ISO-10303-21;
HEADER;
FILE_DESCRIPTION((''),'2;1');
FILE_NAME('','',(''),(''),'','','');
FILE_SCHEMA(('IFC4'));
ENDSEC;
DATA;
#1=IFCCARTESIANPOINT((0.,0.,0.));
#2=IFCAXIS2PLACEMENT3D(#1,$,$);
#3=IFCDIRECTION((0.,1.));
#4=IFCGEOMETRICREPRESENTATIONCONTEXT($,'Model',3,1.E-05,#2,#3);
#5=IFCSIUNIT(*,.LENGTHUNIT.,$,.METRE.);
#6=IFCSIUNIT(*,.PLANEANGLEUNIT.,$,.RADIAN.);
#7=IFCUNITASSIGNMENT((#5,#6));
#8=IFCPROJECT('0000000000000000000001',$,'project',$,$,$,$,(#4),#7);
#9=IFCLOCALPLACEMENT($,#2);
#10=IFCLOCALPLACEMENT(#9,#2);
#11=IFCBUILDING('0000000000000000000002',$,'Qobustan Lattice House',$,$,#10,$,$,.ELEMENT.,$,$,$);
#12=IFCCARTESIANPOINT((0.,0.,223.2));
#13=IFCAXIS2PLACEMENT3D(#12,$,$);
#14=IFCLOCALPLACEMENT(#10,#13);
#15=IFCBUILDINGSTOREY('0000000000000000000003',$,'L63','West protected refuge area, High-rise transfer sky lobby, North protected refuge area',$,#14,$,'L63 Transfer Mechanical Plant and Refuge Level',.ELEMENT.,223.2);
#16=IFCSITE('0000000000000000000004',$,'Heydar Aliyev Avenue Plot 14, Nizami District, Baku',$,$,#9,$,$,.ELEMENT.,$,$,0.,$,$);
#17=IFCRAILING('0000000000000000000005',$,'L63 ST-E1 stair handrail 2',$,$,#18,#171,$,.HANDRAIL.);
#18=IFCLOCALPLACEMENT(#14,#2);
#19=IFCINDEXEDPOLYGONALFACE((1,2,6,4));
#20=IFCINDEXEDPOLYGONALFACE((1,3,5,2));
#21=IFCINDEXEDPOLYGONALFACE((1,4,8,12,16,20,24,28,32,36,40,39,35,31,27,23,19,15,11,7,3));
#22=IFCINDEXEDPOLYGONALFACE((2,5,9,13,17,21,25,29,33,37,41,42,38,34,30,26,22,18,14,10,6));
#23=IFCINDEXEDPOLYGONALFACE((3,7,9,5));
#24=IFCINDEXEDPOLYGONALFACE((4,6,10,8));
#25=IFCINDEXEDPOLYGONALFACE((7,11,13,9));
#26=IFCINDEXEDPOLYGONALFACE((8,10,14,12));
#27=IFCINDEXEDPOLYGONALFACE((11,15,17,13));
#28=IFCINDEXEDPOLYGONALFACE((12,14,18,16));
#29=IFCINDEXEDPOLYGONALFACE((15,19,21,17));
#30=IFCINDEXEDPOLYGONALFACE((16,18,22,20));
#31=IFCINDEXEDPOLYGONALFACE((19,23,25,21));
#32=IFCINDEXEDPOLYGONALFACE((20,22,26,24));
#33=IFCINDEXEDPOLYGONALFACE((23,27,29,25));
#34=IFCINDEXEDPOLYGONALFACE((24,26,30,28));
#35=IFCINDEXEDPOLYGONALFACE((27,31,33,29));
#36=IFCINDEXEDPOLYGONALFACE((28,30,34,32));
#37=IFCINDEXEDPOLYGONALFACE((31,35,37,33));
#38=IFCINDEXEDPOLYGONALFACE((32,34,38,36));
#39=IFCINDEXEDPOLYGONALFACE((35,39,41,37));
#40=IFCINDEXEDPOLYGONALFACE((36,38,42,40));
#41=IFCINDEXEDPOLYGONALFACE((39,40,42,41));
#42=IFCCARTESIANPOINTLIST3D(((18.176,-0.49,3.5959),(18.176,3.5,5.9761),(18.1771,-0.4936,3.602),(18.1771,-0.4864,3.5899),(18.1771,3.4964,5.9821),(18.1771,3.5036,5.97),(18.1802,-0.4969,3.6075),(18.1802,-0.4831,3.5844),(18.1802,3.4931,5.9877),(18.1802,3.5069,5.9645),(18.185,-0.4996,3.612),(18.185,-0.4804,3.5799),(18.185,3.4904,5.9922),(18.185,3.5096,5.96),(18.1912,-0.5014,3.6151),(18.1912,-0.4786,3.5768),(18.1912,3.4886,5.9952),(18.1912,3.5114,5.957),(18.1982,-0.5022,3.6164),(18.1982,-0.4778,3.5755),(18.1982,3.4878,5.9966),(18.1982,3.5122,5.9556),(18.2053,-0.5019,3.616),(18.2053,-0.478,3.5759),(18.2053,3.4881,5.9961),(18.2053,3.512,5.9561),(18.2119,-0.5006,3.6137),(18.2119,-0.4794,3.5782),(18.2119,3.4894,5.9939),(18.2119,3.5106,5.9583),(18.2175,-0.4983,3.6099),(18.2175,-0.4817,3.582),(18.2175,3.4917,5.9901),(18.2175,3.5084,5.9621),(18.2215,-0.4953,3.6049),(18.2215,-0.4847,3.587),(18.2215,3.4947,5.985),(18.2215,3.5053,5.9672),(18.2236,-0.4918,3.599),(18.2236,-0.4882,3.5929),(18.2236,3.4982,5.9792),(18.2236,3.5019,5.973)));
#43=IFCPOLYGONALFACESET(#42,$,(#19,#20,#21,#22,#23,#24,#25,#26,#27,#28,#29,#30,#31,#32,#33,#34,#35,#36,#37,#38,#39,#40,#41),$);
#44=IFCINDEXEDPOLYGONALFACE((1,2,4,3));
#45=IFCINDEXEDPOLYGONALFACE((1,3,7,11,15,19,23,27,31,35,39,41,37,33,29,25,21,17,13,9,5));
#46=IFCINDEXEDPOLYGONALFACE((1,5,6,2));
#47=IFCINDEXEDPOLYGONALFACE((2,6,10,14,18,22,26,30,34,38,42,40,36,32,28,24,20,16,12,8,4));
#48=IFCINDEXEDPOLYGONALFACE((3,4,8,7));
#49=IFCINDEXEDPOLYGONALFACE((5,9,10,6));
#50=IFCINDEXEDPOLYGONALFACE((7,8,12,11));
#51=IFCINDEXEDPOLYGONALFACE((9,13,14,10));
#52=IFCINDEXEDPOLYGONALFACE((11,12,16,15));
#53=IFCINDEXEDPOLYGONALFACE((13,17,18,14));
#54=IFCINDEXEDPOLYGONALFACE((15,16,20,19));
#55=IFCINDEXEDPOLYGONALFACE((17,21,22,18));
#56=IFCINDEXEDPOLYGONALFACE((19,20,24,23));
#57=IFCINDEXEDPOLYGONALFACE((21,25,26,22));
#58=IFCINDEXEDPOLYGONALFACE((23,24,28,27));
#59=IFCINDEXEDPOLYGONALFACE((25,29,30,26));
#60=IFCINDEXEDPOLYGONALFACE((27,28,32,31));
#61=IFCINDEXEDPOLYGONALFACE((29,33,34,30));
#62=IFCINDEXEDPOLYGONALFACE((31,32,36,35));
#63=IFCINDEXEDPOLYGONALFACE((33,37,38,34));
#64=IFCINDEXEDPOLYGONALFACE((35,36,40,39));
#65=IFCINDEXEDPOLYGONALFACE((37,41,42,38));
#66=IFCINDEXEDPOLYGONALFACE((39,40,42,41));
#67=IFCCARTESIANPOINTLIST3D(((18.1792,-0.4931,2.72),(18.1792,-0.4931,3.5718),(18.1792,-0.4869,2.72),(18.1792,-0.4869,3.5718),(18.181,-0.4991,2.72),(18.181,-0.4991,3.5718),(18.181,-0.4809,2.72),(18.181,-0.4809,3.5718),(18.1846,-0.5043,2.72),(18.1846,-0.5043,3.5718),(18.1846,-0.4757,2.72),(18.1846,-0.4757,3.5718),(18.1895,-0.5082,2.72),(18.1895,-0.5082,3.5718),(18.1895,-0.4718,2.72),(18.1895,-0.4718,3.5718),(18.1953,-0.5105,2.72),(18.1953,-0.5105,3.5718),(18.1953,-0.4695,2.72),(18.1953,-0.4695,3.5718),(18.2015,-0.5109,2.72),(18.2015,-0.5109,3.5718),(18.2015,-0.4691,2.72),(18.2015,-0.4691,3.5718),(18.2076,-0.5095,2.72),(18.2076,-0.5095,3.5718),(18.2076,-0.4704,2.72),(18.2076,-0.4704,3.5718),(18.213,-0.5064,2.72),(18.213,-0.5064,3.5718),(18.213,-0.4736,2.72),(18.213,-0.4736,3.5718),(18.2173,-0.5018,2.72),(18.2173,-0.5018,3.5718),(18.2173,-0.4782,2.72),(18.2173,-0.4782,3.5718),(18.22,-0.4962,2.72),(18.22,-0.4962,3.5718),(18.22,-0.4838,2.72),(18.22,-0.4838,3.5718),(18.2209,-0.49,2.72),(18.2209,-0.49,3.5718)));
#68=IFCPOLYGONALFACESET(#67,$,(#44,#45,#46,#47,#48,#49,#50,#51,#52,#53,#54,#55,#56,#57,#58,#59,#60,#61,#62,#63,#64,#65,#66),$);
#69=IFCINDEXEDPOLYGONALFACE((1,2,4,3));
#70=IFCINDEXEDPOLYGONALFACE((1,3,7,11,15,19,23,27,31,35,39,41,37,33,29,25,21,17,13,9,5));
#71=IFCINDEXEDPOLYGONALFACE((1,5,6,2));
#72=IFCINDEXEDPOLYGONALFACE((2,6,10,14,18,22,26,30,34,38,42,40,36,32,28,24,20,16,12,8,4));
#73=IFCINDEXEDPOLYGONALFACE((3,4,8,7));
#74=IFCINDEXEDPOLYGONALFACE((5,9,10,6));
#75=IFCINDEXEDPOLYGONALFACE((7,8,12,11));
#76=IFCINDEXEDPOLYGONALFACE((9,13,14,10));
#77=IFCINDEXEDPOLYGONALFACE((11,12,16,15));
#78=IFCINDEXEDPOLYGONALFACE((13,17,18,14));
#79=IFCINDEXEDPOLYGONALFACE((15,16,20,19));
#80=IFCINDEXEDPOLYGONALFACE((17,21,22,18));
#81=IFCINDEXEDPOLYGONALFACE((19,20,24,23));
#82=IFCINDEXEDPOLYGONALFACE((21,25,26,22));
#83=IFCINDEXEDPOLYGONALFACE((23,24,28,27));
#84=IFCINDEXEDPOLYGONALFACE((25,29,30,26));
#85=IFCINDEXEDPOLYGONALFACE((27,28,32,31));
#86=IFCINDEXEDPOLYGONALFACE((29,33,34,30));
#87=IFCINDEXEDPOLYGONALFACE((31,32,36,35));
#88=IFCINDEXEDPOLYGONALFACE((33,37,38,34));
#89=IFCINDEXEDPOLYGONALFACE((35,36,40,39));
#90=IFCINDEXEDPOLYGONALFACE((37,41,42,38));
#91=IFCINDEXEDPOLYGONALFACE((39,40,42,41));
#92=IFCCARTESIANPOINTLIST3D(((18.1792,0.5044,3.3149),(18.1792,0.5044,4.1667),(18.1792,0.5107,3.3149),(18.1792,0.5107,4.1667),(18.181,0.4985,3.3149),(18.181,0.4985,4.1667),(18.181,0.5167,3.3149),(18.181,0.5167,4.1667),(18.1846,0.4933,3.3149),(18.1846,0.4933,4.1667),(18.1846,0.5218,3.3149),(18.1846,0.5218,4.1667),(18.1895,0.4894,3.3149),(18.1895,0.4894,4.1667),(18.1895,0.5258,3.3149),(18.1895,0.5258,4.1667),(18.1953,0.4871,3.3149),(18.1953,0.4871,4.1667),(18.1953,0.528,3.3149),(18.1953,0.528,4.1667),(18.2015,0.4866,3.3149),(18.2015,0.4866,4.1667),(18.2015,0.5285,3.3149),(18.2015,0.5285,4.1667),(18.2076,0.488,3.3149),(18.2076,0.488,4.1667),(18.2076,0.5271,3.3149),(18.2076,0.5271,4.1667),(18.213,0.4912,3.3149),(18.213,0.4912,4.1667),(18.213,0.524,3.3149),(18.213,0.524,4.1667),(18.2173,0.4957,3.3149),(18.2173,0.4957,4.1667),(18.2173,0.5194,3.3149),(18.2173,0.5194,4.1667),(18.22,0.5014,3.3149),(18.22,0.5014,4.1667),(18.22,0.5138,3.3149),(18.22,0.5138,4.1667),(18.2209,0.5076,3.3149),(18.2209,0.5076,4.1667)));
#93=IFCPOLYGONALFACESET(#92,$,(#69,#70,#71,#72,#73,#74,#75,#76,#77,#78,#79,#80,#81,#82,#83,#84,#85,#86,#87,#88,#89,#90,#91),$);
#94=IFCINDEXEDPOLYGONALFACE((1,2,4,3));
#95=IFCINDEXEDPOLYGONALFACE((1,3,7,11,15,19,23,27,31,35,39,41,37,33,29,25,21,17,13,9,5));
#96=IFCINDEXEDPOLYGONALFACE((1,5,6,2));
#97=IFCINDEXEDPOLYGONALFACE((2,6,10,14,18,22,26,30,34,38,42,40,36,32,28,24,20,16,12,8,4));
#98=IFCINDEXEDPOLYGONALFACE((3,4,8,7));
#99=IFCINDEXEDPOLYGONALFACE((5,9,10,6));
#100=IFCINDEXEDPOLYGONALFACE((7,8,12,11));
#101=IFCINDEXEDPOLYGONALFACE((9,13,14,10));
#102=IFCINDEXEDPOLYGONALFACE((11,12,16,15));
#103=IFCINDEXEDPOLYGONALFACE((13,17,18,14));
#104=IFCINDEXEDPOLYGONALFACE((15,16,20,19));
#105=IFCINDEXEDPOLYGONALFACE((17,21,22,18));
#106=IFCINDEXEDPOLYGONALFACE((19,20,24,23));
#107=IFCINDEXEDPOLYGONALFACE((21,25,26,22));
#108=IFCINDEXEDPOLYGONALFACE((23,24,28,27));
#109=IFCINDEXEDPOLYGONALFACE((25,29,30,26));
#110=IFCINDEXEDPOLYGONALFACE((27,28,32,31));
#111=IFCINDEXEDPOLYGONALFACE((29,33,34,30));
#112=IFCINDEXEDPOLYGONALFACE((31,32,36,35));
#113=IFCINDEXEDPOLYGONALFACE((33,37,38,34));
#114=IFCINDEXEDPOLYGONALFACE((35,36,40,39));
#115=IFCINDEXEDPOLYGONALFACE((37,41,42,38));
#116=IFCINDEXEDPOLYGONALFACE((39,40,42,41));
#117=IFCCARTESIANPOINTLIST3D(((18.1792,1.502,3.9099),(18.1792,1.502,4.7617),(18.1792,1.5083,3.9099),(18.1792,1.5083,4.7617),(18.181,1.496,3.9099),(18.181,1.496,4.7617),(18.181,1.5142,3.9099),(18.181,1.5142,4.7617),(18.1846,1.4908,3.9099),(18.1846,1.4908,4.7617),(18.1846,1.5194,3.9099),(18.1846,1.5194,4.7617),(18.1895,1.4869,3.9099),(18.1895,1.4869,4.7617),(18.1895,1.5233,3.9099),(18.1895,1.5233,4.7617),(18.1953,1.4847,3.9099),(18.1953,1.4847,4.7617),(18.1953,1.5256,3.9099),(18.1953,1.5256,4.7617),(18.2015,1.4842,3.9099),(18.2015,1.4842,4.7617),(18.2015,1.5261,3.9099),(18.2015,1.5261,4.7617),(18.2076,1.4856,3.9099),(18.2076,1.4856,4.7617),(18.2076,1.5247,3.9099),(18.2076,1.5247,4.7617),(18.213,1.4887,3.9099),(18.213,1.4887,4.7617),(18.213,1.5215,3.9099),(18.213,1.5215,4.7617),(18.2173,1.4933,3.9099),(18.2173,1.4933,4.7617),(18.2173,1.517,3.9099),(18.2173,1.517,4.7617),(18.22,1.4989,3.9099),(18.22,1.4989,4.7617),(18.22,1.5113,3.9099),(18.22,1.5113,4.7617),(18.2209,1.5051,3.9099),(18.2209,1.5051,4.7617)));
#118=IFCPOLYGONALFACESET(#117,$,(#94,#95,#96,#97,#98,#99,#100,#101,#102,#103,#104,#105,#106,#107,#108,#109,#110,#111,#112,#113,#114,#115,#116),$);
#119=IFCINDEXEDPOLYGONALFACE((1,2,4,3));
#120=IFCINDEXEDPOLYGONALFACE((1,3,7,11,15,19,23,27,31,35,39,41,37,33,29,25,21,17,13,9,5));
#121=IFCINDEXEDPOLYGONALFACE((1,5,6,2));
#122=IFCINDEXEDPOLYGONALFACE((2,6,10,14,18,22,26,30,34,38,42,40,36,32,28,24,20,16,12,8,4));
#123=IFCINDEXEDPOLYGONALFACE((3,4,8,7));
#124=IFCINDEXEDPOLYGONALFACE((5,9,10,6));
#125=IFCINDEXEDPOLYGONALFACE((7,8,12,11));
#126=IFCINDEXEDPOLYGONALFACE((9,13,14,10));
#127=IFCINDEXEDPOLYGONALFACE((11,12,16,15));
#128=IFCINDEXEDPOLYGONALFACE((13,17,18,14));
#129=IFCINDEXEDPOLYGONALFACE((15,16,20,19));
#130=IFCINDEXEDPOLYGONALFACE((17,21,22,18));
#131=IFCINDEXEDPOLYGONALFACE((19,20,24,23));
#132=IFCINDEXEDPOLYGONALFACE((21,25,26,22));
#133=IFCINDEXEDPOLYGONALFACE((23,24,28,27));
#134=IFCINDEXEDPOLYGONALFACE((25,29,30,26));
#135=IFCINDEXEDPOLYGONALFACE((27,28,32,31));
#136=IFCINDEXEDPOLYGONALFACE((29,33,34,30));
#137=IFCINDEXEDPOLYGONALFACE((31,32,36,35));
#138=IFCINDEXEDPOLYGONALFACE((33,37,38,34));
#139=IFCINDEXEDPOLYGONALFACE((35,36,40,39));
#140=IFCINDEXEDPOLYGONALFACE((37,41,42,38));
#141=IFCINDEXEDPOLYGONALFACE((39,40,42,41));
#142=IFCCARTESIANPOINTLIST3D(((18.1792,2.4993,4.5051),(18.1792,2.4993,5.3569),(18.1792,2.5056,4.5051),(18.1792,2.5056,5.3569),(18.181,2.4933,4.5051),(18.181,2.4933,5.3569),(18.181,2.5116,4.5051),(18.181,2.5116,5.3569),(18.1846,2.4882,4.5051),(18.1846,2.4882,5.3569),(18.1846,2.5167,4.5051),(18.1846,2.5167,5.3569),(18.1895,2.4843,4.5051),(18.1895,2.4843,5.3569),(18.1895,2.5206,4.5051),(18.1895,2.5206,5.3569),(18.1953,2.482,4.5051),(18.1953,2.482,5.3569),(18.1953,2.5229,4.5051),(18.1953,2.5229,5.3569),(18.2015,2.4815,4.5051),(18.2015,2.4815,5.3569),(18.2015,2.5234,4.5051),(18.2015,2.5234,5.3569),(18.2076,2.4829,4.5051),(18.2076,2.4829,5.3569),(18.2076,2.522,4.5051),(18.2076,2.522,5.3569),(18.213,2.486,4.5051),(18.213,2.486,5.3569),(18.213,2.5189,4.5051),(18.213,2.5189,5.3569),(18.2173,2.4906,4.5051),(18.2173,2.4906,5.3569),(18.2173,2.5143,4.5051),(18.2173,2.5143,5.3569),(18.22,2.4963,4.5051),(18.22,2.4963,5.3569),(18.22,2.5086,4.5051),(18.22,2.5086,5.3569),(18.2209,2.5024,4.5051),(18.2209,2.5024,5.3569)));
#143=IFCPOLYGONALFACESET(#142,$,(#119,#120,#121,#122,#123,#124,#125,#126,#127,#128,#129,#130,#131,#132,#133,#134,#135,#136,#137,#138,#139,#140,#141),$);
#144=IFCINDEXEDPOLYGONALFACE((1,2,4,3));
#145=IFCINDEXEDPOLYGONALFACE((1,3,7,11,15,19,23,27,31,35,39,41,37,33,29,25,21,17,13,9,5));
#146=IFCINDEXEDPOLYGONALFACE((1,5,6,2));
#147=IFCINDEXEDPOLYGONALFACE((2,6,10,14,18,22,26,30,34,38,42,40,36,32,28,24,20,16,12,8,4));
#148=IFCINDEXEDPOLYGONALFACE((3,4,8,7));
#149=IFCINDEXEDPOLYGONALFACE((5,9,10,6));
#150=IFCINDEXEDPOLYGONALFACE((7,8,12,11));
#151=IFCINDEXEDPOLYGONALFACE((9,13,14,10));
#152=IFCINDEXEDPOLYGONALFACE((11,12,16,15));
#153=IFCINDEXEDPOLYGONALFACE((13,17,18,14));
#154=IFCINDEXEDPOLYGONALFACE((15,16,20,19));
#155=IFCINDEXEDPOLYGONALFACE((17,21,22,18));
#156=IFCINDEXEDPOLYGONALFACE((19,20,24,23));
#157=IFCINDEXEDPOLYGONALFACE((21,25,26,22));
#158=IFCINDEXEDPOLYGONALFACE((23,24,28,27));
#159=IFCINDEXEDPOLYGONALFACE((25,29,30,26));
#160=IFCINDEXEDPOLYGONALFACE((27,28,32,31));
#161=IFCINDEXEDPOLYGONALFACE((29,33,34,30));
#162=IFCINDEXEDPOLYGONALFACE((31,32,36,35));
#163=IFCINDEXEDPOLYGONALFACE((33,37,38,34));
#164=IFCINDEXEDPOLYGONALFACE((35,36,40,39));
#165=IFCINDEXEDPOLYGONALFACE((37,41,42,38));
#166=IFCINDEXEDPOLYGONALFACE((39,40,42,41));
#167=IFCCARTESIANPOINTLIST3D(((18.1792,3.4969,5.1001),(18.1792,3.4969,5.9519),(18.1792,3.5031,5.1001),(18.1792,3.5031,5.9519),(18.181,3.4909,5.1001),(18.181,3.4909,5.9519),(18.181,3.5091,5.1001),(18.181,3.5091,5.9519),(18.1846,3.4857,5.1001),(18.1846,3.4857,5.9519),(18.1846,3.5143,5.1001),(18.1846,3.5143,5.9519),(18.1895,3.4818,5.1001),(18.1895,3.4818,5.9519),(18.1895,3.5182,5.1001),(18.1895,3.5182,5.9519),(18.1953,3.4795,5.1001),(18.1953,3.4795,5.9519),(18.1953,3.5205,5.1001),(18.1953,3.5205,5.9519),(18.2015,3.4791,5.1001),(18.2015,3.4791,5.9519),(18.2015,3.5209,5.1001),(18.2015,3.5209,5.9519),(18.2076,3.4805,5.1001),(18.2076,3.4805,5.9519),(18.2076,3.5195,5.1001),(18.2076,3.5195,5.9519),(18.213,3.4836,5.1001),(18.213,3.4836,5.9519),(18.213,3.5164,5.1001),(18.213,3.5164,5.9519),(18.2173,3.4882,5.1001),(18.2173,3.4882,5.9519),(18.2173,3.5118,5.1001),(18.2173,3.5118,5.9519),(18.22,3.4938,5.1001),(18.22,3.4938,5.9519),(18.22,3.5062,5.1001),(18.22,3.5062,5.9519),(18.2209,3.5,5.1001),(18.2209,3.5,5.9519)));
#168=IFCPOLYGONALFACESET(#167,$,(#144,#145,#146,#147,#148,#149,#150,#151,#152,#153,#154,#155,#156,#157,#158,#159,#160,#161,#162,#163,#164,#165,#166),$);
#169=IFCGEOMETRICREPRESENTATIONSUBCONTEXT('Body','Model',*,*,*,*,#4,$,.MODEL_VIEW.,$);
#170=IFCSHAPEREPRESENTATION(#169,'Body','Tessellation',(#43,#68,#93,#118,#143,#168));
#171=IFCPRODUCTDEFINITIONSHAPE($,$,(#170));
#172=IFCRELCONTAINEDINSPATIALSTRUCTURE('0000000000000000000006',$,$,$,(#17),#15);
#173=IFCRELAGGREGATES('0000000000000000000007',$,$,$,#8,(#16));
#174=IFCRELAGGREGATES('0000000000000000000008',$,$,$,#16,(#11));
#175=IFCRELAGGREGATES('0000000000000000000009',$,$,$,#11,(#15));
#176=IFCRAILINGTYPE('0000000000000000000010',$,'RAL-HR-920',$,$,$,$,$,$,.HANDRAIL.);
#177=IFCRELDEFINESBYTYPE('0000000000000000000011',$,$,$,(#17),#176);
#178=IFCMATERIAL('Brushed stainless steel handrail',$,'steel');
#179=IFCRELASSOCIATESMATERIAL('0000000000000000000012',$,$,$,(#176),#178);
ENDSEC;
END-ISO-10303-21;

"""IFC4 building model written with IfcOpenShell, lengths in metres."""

from ifc_helpers import new_model, si_unit, direction, frame, origin, origin_2d, place, context, subcontext, project, spatial, circle, extrude, material, type_object, element, save


model = new_model("IFC4")

# Units and contexts
model_context = context("Model", 3, precision=1e-05, world=origin(), true_north=direction((0.0, 1.0)))
body_context = subcontext(model_context, "Body", "Model", "MODEL_VIEW")
ifc_project = project(units=[si_unit("LENGTHUNIT", "METRE"), si_unit("PLANEANGLEUNIT", "RADIAN")], contexts=[model_context])

# Site, building, storey
site_placement = place(None, origin())
site = spatial("IfcSite", under=ifc_project, at=site_placement, Name="Heydar Aliyev Avenue Plot 14, Nizami District, Baku", CompositionType="ELEMENT", RefElevation=0.0)
building_placement = place(site_placement, origin())
building = spatial("IfcBuilding", under=site, at=building_placement, Name="Qobustan Lattice House", CompositionType="ELEMENT")
storey_placement = place(building_placement, frame((0.0, 0.0, 223.2)))
storey = spatial("IfcBuildingStorey", under=building, at=storey_placement, Name="L63", Description="West protected refuge area, High-rise transfer sky lobby, North protected refuge area", LongName="L63 Transfer Mechanical Plant and Refuge Level", CompositionType="ELEMENT", Elevation=223.2)

# Railing
ifc_material_1 = material(Name="Brushed stainless steel handrail", Category="steel")
railing_type_1 = type_object("IfcRailingType", Name="RAL-HR-920", PredefinedType="HANDRAIL", material=ifc_material_1)
railing_1_placement = place(storey_placement, frame((18.2, -0.49, 2.72)))
element("IfcRailing", 1, at=railing_1_placement, inside=storey, type_object=railing_type_1, Name="L63 ST-E1 stair handrail 2", PredefinedType="HANDRAIL", context=body_context, shape_type="SweptSolid", body=[
    extrude(circle(Radius=0.0239, at=origin_2d()), frame((0.0, 0.0, 0.876), z_axis=(0.0, 0.858807, 0.512299), x_axis=(-1.0, 0.0, 0.0)), (0.0, 0.0, 1.0), 4.646),
    extrude(circle(Radius=0.021, at=origin_2d()), origin(), (0.0, 0.0, 1.0), 0.8518),
    extrude(circle(Radius=0.021, at=origin_2d()), frame((0.0, 0.9976, 0.595)), (0.0, 0.0, 1.0), 0.8518),
    extrude(circle(Radius=0.021, at=origin_2d()), frame((0.0, 1.9951, 1.1899)), (0.0, 0.0, 1.0), 0.8518),
    extrude(circle(Radius=0.021, at=origin_2d()), frame((0.0, 2.9924, 1.7852)), (0.0, 0.0, 1.0), 0.8518),
    extrude(circle(Radius=0.021, at=origin_2d()), frame((0.0, 3.99, 2.3801)), (0.0, 0.0, 1.0), 0.8518),
])

save(model, "model.ifc")
